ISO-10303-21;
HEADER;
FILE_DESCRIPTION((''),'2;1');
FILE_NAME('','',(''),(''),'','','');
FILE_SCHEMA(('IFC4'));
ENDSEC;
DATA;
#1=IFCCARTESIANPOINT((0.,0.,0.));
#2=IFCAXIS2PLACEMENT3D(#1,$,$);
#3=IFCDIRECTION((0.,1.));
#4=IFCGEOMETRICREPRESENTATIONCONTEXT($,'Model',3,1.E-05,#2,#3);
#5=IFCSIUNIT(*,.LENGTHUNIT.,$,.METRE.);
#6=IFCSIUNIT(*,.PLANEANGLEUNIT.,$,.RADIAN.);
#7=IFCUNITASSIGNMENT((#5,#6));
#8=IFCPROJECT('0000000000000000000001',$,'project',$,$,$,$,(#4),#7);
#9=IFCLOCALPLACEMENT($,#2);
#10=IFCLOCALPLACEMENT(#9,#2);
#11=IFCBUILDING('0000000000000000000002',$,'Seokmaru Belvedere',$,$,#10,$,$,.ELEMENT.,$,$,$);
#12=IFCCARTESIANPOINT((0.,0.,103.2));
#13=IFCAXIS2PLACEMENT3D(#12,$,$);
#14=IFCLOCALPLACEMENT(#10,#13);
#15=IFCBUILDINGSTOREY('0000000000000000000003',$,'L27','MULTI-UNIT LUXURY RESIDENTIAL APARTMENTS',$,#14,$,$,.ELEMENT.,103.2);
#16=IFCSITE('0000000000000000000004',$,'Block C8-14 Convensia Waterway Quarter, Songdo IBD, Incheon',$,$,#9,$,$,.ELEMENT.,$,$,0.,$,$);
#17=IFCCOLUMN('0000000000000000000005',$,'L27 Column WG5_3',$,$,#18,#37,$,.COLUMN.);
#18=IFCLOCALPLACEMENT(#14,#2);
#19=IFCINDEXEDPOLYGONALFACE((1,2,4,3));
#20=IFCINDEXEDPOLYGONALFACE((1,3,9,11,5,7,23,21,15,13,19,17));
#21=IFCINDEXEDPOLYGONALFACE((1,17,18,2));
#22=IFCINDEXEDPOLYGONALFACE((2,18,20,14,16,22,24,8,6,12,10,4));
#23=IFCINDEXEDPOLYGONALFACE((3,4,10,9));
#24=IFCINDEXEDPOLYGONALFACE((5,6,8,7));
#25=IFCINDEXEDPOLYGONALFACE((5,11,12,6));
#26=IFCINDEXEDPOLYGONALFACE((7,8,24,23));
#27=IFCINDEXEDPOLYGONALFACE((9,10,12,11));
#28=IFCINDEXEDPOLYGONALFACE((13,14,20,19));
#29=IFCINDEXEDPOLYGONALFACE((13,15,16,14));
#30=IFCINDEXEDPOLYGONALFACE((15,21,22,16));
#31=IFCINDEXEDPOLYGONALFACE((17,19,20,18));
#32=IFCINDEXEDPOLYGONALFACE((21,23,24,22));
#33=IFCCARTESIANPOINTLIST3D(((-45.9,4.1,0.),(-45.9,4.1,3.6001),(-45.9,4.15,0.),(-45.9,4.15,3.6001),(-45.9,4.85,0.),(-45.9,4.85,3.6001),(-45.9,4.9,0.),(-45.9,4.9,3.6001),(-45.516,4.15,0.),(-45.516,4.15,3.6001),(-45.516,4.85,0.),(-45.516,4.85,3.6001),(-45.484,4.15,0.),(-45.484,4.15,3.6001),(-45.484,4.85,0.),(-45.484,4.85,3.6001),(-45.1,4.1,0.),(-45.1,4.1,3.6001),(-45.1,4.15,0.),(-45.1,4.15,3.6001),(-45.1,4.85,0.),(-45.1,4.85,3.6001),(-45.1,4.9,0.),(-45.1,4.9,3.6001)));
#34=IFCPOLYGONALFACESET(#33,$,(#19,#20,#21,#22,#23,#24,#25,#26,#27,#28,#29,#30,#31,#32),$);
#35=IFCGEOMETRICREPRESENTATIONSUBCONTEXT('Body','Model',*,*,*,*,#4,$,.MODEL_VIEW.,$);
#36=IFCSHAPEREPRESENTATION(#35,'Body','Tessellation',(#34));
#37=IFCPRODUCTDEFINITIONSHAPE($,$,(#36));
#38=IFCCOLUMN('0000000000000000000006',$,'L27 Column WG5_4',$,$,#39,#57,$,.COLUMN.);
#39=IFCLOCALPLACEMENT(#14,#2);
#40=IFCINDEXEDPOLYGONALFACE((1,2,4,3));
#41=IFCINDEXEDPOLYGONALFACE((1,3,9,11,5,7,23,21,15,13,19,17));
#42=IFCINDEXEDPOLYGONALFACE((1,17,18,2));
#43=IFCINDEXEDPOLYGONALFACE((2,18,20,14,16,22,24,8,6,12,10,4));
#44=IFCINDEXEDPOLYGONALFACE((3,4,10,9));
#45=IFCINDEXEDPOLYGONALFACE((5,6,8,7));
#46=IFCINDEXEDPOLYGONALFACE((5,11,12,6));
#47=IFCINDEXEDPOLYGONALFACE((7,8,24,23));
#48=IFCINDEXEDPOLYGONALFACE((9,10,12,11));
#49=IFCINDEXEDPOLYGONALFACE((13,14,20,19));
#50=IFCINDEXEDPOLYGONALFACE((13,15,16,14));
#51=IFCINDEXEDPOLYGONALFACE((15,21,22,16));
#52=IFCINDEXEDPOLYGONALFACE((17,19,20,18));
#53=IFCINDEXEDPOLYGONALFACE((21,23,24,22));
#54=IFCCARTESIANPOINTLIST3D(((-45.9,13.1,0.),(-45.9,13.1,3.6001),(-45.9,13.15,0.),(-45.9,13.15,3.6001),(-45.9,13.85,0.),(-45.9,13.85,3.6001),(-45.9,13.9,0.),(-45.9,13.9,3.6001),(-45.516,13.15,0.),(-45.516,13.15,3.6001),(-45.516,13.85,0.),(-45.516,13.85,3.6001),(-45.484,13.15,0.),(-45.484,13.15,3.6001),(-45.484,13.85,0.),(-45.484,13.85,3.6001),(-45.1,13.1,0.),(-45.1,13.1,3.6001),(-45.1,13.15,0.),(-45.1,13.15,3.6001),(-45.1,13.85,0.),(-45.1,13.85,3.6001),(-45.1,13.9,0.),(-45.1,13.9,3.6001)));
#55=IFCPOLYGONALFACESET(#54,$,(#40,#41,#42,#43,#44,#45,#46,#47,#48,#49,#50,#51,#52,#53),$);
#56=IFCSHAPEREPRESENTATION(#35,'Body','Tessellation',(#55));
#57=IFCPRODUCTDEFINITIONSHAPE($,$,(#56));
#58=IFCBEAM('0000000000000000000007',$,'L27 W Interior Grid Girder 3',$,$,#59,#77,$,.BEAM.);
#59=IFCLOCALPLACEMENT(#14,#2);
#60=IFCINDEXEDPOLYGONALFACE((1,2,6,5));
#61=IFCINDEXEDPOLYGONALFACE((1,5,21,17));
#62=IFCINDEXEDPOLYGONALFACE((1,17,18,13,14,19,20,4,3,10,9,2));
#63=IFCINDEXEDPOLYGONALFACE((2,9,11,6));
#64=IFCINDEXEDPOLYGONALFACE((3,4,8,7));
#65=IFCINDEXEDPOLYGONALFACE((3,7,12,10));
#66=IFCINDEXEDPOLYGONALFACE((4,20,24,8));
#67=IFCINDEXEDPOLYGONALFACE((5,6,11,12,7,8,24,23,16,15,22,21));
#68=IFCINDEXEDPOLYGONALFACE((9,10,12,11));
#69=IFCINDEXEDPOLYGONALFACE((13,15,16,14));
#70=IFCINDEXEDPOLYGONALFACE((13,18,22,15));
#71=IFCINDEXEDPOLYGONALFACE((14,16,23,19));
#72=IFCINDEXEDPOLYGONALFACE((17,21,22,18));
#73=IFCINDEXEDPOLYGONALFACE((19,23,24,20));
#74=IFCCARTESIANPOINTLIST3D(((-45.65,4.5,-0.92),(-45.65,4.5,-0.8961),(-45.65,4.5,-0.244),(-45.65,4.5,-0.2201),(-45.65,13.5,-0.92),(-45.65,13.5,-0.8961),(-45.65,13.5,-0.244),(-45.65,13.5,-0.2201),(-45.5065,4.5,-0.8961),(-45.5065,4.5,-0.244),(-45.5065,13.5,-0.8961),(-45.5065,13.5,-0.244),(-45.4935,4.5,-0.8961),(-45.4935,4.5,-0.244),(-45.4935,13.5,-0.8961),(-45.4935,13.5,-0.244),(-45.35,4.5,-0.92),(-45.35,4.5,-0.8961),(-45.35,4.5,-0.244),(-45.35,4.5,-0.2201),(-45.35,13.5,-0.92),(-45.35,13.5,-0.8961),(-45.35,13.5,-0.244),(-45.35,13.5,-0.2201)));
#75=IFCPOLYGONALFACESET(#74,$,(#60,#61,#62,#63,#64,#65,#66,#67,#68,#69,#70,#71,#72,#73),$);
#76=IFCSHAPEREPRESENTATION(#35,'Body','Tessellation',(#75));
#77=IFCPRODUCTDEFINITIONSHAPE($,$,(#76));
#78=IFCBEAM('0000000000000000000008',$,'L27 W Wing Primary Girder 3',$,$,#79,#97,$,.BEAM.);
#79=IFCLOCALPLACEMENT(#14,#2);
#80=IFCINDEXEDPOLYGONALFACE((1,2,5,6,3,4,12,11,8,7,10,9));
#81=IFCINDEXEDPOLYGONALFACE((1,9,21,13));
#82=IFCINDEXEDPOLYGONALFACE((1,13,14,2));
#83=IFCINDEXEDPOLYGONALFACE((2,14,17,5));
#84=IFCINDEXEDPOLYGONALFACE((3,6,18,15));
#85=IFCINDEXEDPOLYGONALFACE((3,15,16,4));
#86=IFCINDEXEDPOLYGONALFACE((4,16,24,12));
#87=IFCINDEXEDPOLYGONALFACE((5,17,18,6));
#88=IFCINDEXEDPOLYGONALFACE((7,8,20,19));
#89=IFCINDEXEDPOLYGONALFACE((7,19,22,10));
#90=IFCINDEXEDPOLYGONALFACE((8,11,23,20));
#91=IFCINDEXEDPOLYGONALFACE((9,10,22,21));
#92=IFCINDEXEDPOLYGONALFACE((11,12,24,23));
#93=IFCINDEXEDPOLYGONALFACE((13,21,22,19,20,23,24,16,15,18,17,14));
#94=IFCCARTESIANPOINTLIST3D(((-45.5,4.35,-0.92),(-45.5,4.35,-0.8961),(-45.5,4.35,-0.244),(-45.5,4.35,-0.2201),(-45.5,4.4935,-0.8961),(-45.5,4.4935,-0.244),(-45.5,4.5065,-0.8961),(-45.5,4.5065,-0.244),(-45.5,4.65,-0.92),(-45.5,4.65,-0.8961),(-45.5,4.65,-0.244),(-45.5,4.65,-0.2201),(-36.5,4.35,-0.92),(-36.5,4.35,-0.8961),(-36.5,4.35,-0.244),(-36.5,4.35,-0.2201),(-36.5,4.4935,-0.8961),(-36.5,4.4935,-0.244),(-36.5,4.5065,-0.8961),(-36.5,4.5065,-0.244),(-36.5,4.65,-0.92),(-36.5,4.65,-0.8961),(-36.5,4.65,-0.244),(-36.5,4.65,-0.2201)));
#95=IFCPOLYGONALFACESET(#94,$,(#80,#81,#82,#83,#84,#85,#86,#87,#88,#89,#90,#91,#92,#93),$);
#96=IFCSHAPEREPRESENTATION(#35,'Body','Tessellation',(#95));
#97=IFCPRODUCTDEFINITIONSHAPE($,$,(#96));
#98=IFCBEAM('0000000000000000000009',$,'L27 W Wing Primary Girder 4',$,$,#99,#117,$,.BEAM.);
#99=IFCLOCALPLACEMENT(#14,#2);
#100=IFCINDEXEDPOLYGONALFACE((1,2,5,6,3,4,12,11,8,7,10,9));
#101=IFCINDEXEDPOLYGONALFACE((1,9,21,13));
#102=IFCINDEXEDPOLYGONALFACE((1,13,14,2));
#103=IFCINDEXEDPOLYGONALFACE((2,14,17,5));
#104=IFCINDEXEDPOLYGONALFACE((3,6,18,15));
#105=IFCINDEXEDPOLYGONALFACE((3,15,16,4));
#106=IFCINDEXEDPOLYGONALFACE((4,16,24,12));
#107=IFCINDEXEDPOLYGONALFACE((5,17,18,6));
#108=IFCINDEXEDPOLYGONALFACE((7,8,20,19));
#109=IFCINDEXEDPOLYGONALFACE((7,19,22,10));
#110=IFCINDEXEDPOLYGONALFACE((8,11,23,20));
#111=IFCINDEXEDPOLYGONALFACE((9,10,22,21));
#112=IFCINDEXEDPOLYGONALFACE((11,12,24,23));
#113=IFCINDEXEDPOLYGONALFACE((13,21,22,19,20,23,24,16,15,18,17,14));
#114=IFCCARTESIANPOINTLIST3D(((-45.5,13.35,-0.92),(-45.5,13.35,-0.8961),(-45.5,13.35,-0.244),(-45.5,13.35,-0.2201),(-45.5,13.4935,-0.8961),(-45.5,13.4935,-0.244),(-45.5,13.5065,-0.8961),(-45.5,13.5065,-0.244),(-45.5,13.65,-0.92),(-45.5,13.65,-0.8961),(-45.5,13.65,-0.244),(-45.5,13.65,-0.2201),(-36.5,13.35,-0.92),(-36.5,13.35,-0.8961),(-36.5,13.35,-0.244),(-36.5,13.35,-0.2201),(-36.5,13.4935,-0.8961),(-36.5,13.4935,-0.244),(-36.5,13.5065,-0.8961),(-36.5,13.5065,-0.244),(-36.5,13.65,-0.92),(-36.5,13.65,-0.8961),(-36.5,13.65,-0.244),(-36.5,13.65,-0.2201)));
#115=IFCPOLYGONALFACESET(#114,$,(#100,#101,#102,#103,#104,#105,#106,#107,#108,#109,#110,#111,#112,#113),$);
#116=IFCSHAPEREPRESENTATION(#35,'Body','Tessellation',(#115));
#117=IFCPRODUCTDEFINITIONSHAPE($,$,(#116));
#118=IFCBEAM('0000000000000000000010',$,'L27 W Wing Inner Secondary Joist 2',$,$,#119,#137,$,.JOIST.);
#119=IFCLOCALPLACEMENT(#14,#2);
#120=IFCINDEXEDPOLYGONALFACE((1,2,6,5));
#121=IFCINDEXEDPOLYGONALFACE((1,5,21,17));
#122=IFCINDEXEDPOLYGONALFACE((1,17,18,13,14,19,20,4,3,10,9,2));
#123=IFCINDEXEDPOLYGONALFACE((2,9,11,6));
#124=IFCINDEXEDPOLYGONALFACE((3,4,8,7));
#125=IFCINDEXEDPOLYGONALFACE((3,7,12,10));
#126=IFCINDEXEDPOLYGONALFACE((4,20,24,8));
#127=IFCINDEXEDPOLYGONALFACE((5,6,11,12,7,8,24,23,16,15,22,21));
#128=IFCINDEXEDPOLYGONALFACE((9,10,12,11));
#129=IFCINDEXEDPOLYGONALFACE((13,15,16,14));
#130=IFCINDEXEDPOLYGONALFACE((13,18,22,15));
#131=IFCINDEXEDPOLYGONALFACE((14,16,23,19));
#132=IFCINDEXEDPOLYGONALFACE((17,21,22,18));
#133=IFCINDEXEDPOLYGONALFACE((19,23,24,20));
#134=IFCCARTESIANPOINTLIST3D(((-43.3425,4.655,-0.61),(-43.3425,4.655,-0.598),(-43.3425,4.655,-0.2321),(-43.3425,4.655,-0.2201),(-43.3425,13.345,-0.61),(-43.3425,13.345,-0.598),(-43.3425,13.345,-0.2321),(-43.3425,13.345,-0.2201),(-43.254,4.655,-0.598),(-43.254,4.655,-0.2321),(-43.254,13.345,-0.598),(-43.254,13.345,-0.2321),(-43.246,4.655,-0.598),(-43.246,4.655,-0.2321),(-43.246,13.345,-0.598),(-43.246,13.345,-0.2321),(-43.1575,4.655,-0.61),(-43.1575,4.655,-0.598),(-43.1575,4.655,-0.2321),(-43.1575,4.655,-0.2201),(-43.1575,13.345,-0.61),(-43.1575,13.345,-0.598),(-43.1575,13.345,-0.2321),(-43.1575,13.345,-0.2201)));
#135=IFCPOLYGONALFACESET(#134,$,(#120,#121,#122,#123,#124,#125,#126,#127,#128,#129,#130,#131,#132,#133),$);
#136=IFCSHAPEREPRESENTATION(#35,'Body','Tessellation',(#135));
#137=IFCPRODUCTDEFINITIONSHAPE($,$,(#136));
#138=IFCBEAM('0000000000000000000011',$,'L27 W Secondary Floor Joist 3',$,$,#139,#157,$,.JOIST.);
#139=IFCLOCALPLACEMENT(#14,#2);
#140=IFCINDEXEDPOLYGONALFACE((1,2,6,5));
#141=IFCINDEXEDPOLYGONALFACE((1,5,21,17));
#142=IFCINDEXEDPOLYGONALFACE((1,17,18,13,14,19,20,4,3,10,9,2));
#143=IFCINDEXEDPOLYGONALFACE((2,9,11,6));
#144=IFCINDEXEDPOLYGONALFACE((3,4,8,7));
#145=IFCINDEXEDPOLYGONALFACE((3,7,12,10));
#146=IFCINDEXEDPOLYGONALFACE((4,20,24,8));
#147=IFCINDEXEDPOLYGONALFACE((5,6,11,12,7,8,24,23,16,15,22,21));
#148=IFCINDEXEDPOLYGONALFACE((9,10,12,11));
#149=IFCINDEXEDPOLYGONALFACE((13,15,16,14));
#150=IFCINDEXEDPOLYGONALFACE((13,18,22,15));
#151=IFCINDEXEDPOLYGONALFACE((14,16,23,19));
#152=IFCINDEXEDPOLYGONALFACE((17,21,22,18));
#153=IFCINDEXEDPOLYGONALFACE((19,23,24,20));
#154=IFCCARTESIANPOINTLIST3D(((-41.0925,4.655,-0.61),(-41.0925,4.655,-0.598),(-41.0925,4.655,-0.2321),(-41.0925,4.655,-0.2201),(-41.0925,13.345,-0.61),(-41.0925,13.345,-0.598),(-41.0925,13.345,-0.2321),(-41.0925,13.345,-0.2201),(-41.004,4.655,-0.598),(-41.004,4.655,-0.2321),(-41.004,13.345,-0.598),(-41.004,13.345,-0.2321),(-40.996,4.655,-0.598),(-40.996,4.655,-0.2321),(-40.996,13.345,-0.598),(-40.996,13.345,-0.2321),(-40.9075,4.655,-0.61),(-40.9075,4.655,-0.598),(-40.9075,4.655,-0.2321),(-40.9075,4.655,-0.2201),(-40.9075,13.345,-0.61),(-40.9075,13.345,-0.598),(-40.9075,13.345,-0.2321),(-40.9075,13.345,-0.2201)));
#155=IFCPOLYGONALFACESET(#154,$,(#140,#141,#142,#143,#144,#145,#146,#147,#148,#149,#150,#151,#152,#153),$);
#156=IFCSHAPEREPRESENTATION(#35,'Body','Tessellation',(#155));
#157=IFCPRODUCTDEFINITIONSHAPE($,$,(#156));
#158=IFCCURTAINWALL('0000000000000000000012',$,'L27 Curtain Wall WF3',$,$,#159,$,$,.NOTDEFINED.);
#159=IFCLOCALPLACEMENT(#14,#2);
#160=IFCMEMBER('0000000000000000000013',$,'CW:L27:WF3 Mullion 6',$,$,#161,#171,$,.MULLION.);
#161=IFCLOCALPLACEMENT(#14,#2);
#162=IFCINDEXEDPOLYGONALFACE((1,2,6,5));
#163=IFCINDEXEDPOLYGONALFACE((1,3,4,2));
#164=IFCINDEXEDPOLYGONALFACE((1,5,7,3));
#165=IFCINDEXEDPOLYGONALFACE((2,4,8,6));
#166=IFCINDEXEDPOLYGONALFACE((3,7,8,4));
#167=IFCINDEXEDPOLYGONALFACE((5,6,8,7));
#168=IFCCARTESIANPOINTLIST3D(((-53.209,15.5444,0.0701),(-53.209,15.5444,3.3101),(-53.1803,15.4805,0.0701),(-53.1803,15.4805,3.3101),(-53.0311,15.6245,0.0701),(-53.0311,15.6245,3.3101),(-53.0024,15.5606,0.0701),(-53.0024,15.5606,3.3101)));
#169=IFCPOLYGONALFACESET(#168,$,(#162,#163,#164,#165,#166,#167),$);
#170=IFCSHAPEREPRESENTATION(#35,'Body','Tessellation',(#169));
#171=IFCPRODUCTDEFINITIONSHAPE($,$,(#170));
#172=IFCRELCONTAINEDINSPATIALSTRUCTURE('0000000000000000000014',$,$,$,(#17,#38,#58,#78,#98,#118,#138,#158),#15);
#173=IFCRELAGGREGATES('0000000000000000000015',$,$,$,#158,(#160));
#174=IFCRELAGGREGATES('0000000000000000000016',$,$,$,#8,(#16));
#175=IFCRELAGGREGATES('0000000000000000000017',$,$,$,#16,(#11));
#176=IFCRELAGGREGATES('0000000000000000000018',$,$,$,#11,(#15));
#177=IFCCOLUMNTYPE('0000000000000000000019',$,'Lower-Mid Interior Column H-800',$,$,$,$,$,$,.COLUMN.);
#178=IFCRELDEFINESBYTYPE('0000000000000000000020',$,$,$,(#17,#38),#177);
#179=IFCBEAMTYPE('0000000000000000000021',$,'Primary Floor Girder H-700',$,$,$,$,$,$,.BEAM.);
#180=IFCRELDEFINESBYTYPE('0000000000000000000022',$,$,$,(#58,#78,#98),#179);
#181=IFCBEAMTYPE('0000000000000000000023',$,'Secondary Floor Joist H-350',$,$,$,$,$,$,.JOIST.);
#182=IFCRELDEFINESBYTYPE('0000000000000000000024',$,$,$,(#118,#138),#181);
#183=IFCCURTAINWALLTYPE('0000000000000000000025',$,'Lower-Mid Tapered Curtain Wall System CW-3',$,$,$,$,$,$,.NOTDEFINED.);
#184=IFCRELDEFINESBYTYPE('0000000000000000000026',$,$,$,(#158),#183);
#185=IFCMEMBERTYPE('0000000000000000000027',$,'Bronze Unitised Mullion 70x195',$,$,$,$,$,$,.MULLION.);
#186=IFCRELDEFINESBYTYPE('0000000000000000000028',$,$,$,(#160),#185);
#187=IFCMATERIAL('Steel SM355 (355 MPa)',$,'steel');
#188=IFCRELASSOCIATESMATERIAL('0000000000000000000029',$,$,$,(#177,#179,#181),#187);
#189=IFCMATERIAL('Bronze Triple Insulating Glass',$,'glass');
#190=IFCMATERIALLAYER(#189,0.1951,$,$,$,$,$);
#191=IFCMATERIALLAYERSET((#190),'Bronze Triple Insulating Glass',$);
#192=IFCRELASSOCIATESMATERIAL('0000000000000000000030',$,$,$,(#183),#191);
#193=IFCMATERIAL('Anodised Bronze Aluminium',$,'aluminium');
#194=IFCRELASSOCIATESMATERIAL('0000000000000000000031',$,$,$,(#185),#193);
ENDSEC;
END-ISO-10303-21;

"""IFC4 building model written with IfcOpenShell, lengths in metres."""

from ifc_helpers import new_model, si_unit, direction, frame, origin, origin_2d, place, context, subcontext, project, spatial, rectangle, i_section, extrude, source, transform, mapped, material, layer, layer_set, material_profile, profile_set, type_object, type_shapes, element, aggregate, save


model = new_model("IFC4")

# Units and contexts
model_context = context("Model", 3, precision=1e-05, world=origin(), true_north=direction((0.0, 1.0)))
body_context = subcontext(model_context, "Body", "Model", "MODEL_VIEW")
ifc_project = project(units=[si_unit("LENGTHUNIT", "METRE"), si_unit("PLANEANGLEUNIT", "RADIAN")], contexts=[model_context])

# Site, building, storey
site_placement = place(None, origin())
site = spatial("IfcSite", under=ifc_project, at=site_placement, Name="Block C8-14 Convensia Waterway Quarter, Songdo IBD, Incheon", CompositionType="ELEMENT", RefElevation=0.0)
building_placement = place(site_placement, origin())
building = spatial("IfcBuilding", under=site, at=building_placement, Name="Seokmaru Belvedere", CompositionType="ELEMENT")
storey_placement = place(building_placement, frame((0.0, 0.0, 103.2)))
storey = spatial("IfcBuildingStorey", under=building, at=storey_placement, Name="L27", Description="MULTI-UNIT LUXURY RESIDENTIAL APARTMENTS", CompositionType="ELEMENT", Elevation=103.2)

# Columns
ifc_material_1 = material(Name="Steel SM355 (355 MPa)", Category="steel")
ifc_material_profile_1 = material_profile(ifc_material_1, i_section(OverallWidth=0.8, OverallDepth=0.8, WebThickness=0.032, FlangeThickness=0.05, at=origin_2d()), Name="H-800x800x32x50")
ifc_profile_set_1 = profile_set([ifc_material_profile_1], Name="Steel SM355 (355 MPa)")
column_type = type_object("IfcColumnType", Name="Lower-Mid Interior Column H-800", PredefinedType="COLUMN", material=ifc_profile_set_1)
shared_shape_1 = source(origin(), body_context, "Body", "SweptSolid", [
    extrude(i_section(OverallWidth=0.8, OverallDepth=0.8, WebThickness=0.032, FlangeThickness=0.05, at=origin_2d()), origin(), (0.0, 0.0, 1.0), 3.6001),
])
type_shapes(column_type, [shared_shape_1])
for number, where, z_axis, x_axis, name in (
    (1, (-45.5, 4.5, 0.0), (0.0, 0.0, 1.0), (1.0, 0.0, 0.0), "L27 Column WG5_3"),
    (2, (-45.5, 13.5, 0.0), (0.0, 0.0, 1.0), (1.0, 0.0, 0.0), "L27 Column WG5_4"),
):
    element("IfcColumn", number, at=place(storey_placement, frame(where, z_axis=z_axis, x_axis=x_axis)), inside=storey, type_object=column_type, Name=name, PredefinedType="COLUMN", context=body_context, shape_type="MappedRepresentation", body=[
        mapped(shared_shape_1, transform((0.0, 0.0, 0.0), scale=1.0)),
    ])

# Beams
ifc_material_profile_2 = material_profile(ifc_material_1, i_section(OverallWidth=0.3, OverallDepth=0.7, WebThickness=0.0129, FlangeThickness=0.0239, at=origin_2d()), Name="H-700x300x13x24")
ifc_profile_set_2 = profile_set([ifc_material_profile_2], Name="Steel SM355 (355 MPa)")
beam_type_1 = type_object("IfcBeamType", Name="Primary Floor Girder H-700", PredefinedType="BEAM", material=ifc_profile_set_2)
shared_shape_2 = source(origin(), body_context, "Body", "SweptSolid", [
    extrude(i_section(OverallWidth=0.3, OverallDepth=0.7, WebThickness=0.0129, FlangeThickness=0.0239, at=origin_2d()), origin(), (0.0, 0.0, 1.0), 9.0),
])
type_shapes(beam_type_1, [shared_shape_2])
for number, where, z_axis, x_axis, name in (
    (3, (-45.5, 4.5, -0.5701), (0.0, 1.0, 0.0), (-1.0, 0.0, 0.0), "L27 W Interior Grid Girder 3"),
    (4, (-45.5, 4.5, -0.5701), (1.0, 0.0, 0.0), (0.0, 1.0, 0.0), "L27 W Wing Primary Girder 3"),
    (5, (-45.5, 13.5, -0.5701), (1.0, 0.0, 0.0), (0.0, 1.0, 0.0), "L27 W Wing Primary Girder 4"),
):
    element("IfcBeam", number, at=place(storey_placement, frame(where, z_axis=z_axis, x_axis=x_axis)), inside=storey, type_object=beam_type_1, Name=name, PredefinedType="BEAM", context=body_context, shape_type="MappedRepresentation", body=[
        mapped(shared_shape_2, transform((0.0, 0.0, 0.0), scale=1.0)),
    ])
ifc_material_profile_3 = material_profile(ifc_material_1, i_section(OverallWidth=0.1851, OverallDepth=0.3899, WebThickness=0.0081, FlangeThickness=0.012, at=origin_2d()), Name="H-390x185x8x12")
ifc_profile_set_3 = profile_set([ifc_material_profile_3], Name="Steel SM355 (355 MPa)")
beam_type_2 = type_object("IfcBeamType", Name="Secondary Floor Joist H-350", PredefinedType="JOIST", material=ifc_profile_set_3)
shared_shape_3 = source(origin(), body_context, "Body", "SweptSolid", [
    extrude(i_section(OverallWidth=0.1851, OverallDepth=0.3899, WebThickness=0.0081, FlangeThickness=0.012, at=origin_2d()), origin(), (0.0, 0.0, 1.0), 8.6899),
])
type_shapes(beam_type_2, [shared_shape_3])
for number, where, z_axis, x_axis, name in (
    (6, (-43.25, 4.655, -0.415), (0.0, 1.0, 0.0), (-1.0, 0.0, 0.0), "L27 W Wing Inner Secondary Joist 2"),
    (7, (-41.0, 4.655, -0.415), (0.0, 1.0, 0.0), (-1.0, 0.0, 0.0), "L27 W Secondary Floor Joist 3"),
):
    element("IfcBeam", number, at=place(storey_placement, frame(where, z_axis=z_axis, x_axis=x_axis)), inside=storey, type_object=beam_type_2, Name=name, PredefinedType="JOIST", context=body_context, shape_type="MappedRepresentation", body=[
        mapped(shared_shape_3, transform((0.0, 0.0, 0.0), scale=1.0)),
    ])

# Curtain wall, member
ifc_material_2 = material(Name="Bronze Triple Insulating Glass", Category="glass")
ifc_layer_1 = layer(ifc_material_2, 0.1951)
ifc_layer_set_1 = layer_set([ifc_layer_1], Name="Bronze Triple Insulating Glass")
curtain_wall_type = type_object("IfcCurtainWallType", Name="Lower-Mid Tapered Curtain Wall System CW-3", PredefinedType="NOTDEFINED", material=ifc_layer_set_1)
curtain_wall_placement = place(storey_placement, origin())
curtain_wall = element("IfcCurtainWall", 8, at=curtain_wall_placement, inside=storey, type_object=curtain_wall_type, Name="L27 Curtain Wall WF3", PredefinedType="NOTDEFINED")
ifc_material_3 = material(Name="Anodised Bronze Aluminium", Category="aluminium")
ifc_material_profile_4 = material_profile(ifc_material_3, rectangle(XDim=0.0701, YDim=0.1951, at=origin_2d()), Name="CW-M-70x195")
ifc_profile_set_4 = profile_set([ifc_material_profile_4], Name="Anodised Bronze Aluminium")
member_type = type_object("IfcMemberType", Name="Bronze Unitised Mullion 70x195", PredefinedType="MULLION", material=ifc_profile_set_4)
shared_shape_4 = source(origin(), body_context, "Body", "SweptSolid", [
    extrude(rectangle(XDim=0.0701, YDim=0.1951, at=origin_2d()), origin(), (0.0, 0.0, 1.0), 3.24),
])
type_shapes(member_type, [shared_shape_4])
member_placement = place(storey_placement, frame((-53.1057, 15.5525, 0.0701), z_axis=(0.0, 0.0, 1.0), x_axis=(0.410366, -0.911921, 0.0)))
member = element("IfcMember", 9, at=member_placement, type_object=member_type, Name="CW:L27:WF3 Mullion 6", PredefinedType="MULLION", context=body_context, shape_type="MappedRepresentation", body=[
    mapped(shared_shape_4, transform((0.0, 0.0, 0.0), scale=1.0)),
])
aggregate(curtain_wall, [member])

save(model, "model.ifc")
